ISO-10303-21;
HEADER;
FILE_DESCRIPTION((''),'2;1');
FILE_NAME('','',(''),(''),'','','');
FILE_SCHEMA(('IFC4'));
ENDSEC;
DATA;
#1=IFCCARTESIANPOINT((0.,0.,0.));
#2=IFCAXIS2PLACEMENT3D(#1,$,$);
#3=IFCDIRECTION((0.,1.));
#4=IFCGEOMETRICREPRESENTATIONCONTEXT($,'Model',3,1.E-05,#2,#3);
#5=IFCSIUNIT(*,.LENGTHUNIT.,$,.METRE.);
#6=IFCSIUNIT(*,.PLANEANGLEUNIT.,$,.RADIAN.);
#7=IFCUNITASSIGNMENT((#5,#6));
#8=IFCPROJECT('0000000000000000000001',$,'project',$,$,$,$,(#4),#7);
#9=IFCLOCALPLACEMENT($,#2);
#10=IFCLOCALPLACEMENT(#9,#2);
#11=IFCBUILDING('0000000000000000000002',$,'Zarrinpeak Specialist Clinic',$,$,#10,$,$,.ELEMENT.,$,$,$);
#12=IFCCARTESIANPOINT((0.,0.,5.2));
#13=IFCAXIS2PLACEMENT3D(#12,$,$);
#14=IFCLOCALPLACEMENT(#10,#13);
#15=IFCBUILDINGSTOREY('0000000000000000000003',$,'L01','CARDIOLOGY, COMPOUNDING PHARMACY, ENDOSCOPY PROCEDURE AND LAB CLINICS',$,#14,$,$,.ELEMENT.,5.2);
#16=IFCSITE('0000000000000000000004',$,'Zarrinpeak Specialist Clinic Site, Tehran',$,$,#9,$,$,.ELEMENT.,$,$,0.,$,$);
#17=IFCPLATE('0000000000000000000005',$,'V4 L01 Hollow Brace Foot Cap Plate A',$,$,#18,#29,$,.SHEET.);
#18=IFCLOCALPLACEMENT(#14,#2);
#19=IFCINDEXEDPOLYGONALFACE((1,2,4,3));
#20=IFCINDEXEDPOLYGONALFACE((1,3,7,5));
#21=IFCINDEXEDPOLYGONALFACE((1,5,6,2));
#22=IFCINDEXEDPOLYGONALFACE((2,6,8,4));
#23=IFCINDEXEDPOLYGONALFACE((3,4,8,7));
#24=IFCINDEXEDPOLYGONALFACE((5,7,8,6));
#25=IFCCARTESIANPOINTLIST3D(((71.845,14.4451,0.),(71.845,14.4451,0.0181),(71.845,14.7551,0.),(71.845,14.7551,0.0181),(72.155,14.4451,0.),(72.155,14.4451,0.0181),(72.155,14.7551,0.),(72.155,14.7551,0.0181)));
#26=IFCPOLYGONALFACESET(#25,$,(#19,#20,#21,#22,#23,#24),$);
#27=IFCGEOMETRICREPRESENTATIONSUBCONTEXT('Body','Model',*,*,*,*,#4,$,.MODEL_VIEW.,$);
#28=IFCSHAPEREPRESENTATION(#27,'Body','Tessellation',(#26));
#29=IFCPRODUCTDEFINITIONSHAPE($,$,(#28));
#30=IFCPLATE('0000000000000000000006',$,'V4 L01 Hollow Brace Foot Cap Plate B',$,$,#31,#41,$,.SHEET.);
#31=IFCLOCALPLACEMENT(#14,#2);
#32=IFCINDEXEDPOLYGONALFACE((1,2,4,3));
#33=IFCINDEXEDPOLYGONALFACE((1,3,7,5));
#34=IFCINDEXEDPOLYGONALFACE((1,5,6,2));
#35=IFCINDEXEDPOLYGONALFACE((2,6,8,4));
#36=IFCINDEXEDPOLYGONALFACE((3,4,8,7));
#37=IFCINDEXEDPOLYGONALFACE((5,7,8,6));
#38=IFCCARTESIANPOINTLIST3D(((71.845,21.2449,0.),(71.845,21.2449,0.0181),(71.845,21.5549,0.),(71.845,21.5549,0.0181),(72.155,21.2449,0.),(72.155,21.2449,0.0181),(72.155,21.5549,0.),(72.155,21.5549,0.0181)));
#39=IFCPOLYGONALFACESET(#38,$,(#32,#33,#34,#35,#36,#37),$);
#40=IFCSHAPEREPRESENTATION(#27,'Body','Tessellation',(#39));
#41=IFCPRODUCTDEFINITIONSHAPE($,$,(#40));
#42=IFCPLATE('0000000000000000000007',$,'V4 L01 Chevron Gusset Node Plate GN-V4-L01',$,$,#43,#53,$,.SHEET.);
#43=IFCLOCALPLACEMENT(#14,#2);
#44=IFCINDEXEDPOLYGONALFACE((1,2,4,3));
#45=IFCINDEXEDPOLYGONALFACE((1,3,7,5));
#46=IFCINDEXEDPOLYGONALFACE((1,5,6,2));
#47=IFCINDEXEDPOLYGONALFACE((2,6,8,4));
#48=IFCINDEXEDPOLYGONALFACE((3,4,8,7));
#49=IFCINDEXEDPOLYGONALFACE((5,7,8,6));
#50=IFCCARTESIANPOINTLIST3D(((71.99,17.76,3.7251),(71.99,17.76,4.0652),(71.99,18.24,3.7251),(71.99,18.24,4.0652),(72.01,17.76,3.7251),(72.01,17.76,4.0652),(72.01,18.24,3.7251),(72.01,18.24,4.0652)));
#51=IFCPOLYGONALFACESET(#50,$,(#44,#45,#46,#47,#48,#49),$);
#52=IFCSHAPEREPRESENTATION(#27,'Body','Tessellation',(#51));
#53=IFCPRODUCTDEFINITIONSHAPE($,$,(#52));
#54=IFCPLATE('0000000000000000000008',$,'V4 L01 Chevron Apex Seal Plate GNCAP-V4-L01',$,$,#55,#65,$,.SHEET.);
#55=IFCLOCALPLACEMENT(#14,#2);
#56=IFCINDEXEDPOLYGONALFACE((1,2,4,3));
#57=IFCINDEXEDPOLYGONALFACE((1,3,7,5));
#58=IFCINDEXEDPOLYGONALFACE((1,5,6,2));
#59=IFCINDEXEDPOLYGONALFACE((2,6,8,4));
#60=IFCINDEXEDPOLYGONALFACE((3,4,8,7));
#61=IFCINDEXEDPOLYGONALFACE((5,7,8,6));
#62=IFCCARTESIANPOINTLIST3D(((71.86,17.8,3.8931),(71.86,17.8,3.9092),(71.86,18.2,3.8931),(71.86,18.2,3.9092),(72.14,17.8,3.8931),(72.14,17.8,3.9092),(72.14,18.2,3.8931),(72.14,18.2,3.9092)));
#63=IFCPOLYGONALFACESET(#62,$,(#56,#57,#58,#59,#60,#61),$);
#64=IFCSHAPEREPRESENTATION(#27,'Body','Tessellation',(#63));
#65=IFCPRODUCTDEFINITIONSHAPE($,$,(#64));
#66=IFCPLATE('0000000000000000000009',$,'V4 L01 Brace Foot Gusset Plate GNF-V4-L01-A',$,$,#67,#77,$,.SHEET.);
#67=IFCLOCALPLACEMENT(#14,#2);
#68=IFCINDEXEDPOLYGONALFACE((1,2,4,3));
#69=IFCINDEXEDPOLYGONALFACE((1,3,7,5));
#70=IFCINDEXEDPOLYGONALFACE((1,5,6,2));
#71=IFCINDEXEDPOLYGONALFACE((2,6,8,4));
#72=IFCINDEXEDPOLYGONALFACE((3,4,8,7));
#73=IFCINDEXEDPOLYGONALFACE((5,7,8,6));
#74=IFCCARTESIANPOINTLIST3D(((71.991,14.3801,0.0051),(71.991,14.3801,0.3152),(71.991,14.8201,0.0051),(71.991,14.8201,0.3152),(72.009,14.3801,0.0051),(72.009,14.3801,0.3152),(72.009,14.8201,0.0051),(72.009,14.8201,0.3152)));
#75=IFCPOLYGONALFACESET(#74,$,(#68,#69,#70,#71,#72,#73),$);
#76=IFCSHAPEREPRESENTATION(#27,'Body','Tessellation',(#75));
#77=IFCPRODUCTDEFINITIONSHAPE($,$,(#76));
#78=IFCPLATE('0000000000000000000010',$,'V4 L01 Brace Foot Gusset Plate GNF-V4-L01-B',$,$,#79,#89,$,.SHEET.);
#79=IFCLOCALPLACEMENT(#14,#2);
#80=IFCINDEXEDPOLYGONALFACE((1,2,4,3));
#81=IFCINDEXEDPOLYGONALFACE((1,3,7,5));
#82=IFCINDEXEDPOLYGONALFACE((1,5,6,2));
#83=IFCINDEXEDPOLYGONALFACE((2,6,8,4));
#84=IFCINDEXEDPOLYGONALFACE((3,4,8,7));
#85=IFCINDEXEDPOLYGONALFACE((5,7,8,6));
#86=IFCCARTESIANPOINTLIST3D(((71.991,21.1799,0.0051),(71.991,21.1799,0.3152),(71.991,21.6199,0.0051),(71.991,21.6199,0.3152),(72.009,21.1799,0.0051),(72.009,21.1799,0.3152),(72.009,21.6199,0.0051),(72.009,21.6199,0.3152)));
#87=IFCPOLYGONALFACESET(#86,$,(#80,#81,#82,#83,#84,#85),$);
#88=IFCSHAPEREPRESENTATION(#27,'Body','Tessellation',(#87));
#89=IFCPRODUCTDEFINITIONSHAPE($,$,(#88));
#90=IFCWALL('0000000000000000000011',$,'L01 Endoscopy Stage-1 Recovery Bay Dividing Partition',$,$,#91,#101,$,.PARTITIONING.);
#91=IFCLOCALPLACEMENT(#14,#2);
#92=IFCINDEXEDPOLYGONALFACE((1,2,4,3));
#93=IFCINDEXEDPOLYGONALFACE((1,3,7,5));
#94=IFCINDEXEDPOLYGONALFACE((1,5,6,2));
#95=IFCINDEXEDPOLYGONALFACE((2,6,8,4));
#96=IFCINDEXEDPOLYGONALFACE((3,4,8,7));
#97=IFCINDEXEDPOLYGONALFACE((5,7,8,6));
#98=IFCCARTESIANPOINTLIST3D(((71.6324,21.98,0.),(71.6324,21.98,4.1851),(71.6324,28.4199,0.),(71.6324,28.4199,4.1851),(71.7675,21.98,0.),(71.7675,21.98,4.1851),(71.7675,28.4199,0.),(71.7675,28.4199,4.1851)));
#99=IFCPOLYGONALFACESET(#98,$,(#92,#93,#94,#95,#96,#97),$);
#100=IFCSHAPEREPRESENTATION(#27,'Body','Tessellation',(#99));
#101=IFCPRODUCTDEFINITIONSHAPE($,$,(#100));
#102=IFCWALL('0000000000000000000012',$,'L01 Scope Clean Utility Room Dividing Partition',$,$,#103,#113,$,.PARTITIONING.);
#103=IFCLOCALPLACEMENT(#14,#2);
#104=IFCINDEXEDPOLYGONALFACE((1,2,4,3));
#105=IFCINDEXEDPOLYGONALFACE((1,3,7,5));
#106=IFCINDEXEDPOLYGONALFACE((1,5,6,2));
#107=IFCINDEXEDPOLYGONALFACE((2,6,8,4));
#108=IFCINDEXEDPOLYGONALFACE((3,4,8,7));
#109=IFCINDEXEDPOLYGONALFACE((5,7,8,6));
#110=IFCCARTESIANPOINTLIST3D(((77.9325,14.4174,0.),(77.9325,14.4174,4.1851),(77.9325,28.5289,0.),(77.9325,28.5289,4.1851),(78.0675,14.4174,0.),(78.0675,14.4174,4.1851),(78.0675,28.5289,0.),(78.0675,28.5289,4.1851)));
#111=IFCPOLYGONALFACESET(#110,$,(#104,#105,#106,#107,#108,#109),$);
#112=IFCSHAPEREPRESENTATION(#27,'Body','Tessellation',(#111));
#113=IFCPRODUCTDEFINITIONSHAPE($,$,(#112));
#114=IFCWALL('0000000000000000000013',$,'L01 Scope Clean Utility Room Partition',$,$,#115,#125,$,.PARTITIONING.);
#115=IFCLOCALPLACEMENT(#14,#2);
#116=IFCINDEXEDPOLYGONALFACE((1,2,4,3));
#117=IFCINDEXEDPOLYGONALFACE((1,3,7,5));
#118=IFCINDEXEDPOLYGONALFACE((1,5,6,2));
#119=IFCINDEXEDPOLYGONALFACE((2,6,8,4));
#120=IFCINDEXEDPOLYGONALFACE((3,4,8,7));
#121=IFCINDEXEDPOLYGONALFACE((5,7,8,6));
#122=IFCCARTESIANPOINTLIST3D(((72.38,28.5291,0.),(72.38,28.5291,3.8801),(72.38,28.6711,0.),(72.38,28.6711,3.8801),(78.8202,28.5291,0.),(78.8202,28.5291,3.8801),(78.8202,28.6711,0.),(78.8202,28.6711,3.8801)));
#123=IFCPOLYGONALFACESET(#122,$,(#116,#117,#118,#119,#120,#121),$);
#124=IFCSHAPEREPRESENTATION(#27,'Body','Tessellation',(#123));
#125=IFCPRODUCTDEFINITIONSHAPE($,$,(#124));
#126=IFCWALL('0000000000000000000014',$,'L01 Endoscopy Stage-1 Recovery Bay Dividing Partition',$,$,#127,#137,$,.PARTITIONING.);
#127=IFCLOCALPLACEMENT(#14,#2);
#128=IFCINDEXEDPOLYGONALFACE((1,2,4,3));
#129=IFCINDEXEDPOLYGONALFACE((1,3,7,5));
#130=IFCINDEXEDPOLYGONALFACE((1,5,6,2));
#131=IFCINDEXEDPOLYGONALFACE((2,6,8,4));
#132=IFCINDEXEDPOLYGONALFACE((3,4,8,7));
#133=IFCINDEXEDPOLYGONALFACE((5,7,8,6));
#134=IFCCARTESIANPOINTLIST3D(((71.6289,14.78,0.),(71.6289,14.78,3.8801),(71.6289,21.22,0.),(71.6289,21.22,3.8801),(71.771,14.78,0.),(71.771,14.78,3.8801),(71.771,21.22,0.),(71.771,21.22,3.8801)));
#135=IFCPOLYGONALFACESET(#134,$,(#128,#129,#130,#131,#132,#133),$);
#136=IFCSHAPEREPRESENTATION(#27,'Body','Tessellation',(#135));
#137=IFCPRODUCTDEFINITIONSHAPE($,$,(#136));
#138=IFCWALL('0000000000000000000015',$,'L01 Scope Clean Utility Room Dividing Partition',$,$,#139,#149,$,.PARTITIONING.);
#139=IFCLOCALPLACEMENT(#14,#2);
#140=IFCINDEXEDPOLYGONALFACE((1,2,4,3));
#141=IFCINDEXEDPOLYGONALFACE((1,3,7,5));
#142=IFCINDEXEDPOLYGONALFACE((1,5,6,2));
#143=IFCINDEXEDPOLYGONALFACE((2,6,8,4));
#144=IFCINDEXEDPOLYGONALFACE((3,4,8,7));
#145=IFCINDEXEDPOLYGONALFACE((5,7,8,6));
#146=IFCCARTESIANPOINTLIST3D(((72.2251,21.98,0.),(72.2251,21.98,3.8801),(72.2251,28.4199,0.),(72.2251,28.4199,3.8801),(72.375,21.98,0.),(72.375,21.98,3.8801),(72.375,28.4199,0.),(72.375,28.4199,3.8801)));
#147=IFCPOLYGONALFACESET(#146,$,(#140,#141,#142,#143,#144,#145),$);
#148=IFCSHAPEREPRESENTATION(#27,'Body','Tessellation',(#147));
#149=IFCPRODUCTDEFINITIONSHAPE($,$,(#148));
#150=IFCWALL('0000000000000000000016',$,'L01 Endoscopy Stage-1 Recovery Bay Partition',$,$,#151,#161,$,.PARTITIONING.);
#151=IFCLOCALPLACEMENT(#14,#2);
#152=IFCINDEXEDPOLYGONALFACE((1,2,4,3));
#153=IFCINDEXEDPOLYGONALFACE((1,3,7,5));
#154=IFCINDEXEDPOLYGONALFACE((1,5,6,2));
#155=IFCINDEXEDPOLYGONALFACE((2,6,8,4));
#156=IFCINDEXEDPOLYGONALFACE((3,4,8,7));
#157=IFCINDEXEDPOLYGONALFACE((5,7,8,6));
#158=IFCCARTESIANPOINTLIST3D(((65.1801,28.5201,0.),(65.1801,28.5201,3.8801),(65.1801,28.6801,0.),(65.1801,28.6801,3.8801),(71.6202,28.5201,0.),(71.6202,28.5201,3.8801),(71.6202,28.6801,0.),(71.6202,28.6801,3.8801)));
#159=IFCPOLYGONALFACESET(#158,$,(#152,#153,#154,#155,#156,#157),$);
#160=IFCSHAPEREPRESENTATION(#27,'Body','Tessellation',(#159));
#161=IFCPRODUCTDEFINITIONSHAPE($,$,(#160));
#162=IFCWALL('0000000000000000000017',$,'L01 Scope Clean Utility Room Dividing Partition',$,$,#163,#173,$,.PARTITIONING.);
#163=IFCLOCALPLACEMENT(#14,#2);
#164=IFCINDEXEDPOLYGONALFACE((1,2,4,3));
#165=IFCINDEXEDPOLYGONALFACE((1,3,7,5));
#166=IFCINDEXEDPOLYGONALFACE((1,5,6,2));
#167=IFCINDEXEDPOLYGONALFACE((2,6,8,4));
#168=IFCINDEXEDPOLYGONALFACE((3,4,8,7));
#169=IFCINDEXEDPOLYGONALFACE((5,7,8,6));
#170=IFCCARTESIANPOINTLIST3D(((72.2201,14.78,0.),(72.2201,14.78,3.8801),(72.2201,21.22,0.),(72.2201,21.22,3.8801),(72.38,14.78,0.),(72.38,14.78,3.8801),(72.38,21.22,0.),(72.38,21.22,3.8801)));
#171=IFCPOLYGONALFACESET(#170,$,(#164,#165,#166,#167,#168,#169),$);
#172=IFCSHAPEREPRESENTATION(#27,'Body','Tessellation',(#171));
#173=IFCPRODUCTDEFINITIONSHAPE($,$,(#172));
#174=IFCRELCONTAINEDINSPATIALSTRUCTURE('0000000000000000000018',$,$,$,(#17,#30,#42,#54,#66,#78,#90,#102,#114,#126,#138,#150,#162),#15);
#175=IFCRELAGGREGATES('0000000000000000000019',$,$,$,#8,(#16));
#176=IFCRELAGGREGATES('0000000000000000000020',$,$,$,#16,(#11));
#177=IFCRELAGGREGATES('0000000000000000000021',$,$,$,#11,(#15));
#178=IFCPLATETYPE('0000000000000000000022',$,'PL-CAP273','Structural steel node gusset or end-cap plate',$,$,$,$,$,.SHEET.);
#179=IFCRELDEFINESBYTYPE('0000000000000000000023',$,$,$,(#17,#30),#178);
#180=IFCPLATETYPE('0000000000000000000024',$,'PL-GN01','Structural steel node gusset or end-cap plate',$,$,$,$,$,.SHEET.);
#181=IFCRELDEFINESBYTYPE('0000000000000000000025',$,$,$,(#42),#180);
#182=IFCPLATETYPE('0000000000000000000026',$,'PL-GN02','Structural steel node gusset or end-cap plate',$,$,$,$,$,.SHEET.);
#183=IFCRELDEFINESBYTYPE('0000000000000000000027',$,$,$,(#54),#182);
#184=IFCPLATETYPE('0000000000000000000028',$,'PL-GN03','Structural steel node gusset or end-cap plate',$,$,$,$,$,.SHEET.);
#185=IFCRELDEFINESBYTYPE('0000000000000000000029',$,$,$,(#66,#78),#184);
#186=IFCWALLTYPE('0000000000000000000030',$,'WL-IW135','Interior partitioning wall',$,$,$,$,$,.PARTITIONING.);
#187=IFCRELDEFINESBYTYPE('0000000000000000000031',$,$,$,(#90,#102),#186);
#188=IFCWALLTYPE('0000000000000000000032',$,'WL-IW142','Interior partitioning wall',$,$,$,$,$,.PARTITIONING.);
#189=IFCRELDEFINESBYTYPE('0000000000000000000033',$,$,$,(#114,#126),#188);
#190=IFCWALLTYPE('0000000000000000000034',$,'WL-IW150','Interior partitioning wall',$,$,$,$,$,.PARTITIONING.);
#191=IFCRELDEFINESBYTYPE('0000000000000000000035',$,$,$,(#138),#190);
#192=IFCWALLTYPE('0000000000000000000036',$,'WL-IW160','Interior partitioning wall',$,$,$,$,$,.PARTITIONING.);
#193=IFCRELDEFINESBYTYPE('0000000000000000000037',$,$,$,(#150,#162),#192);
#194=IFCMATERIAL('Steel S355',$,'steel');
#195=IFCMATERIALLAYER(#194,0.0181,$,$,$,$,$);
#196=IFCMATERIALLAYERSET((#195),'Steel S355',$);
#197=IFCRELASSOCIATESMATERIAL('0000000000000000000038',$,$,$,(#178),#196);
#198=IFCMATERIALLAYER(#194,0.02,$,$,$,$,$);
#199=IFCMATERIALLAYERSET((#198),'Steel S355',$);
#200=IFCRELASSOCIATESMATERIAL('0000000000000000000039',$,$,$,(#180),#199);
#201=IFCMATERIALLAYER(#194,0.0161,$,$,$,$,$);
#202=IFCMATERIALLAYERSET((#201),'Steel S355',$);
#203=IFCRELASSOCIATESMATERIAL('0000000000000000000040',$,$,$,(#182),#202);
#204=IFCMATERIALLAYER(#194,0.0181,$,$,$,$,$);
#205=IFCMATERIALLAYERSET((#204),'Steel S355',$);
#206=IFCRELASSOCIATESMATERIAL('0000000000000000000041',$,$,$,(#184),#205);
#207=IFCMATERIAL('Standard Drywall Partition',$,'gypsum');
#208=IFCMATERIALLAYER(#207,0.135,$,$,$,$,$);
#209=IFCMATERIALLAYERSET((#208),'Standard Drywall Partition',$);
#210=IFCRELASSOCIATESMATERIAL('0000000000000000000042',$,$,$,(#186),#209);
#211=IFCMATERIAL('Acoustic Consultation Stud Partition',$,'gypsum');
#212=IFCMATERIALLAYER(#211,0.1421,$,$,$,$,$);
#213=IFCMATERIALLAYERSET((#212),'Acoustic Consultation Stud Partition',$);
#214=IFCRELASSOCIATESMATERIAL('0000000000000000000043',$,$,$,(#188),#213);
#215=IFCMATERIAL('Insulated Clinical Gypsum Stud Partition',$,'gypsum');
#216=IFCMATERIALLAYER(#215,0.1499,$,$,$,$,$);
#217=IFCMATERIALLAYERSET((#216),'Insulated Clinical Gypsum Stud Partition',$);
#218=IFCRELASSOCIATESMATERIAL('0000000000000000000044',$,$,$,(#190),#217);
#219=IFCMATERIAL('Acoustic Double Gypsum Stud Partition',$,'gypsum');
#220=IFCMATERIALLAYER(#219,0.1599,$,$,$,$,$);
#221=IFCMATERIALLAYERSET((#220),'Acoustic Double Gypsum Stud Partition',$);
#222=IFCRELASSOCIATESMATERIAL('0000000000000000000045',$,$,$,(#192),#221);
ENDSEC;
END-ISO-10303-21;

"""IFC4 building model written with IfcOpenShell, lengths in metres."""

from ifc_helpers import new_model, si_unit, direction, frame, frame_2d, origin, origin_2d, place, context, subcontext, project, spatial, rectangle, extrude, material, layer, layer_set, type_object, element, save


model = new_model("IFC4")

# Units and contexts
model_context = context("Model", 3, precision=1e-05, world=origin(), true_north=direction((0.0, 1.0)))
body_context = subcontext(model_context, "Body", "Model", "MODEL_VIEW")
ifc_project = project(units=[si_unit("LENGTHUNIT", "METRE"), si_unit("PLANEANGLEUNIT", "RADIAN")], contexts=[model_context])

# Site, building, storey
site_placement = place(None, origin())
site = spatial("IfcSite", under=ifc_project, at=site_placement, Name="Zarrinpeak Specialist Clinic Site, Tehran", CompositionType="ELEMENT", RefElevation=0.0)
building_placement = place(site_placement, origin())
building = spatial("IfcBuilding", under=site, at=building_placement, Name="Zarrinpeak Specialist Clinic", CompositionType="ELEMENT")
storey_placement = place(building_placement, frame((0.0, 0.0, 5.2)))
storey = spatial("IfcBuildingStorey", under=building, at=storey_placement, Name="L01", Description="CARDIOLOGY, COMPOUNDING PHARMACY, ENDOSCOPY PROCEDURE AND LAB CLINICS", CompositionType="ELEMENT", Elevation=5.2)

# Shared definitions
ifc_material_1 = material(Name="Steel S355", Category="steel")

# Plates
ifc_layer_1 = layer(ifc_material_1, 0.0181)
ifc_layer_set_1 = layer_set([ifc_layer_1], Name="Steel S355")
plate_type_1 = type_object("IfcPlateType", Name="PL-CAP273", Description="Structural steel node gusset or end-cap plate", PredefinedType="SHEET", material=ifc_layer_set_1)
for number, where, z_axis, x_axis, name in (
    (1, (72.0, 14.6001, 0.0), (0.0, 0.0, 1.0), (1.0, 0.0, 0.0), "V4 L01 Hollow Brace Foot Cap Plate A"),
    (2, (72.0, 21.3999, 0.0), (0.0, 0.0, 1.0), (1.0, 0.0, 0.0), "V4 L01 Hollow Brace Foot Cap Plate B"),
):
    element("IfcPlate", number, at=place(storey_placement, frame(where, z_axis=z_axis, x_axis=x_axis)), inside=storey, type_object=plate_type_1, Name=name, PredefinedType="SHEET", context=body_context, shape_type="SweptSolid", body=[
        extrude(rectangle(XDim=0.3101, YDim=0.3101, at=origin_2d()), origin(), (0.0, 0.0, 1.0), 0.0181),
    ])
ifc_layer_2 = layer(ifc_material_1, 0.02)
ifc_layer_set_2 = layer_set([ifc_layer_2], Name="Steel S355")
plate_type_2 = type_object("IfcPlateType", Name="PL-GN01", Description="Structural steel node gusset or end-cap plate", PredefinedType="SHEET", material=ifc_layer_set_2)
plate_1_placement = place(storey_placement, frame((72.0, 18.0, 3.7251), z_axis=(0.0, 0.0, 1.0), x_axis=(1.0, 0.0, 0.0)))
element("IfcPlate", 3, at=plate_1_placement, inside=storey, type_object=plate_type_2, Name="V4 L01 Chevron Gusset Node Plate GN-V4-L01", PredefinedType="SHEET", context=body_context, shape_type="SweptSolid", body=[
    extrude(rectangle(XDim=0.02, YDim=0.48, at=origin_2d()), origin(), (0.0, 0.0, 1.0), 0.3401),
])
ifc_layer_3 = layer(ifc_material_1, 0.0161)
ifc_layer_set_3 = layer_set([ifc_layer_3], Name="Steel S355")
plate_type_3 = type_object("IfcPlateType", Name="PL-GN02", Description="Structural steel node gusset or end-cap plate", PredefinedType="SHEET", material=ifc_layer_set_3)
plate_2_placement = place(storey_placement, frame((72.0, 18.0, 3.8931), z_axis=(0.0, 0.0, 1.0), x_axis=(1.0, 0.0, 0.0)))
element("IfcPlate", 4, at=plate_2_placement, inside=storey, type_object=plate_type_3, Name="V4 L01 Chevron Apex Seal Plate GNCAP-V4-L01", PredefinedType="SHEET", context=body_context, shape_type="SweptSolid", body=[
    extrude(rectangle(XDim=0.28, YDim=0.3999, at=origin_2d()), origin(), (0.0, 0.0, 1.0), 0.0161),
])
ifc_layer_4 = layer(ifc_material_1, 0.0181)
ifc_layer_set_4 = layer_set([ifc_layer_4], Name="Steel S355")
plate_type_4 = type_object("IfcPlateType", Name="PL-GN03", Description="Structural steel node gusset or end-cap plate", PredefinedType="SHEET", material=ifc_layer_set_4)
for number, where, z_axis, x_axis, name in (
    (5, (72.0, 14.6001, 0.0051), (0.0, 0.0, 1.0), (1.0, 0.0, 0.0), "V4 L01 Brace Foot Gusset Plate GNF-V4-L01-A"),
    (6, (72.0, 21.3999, 0.0051), (0.0, 0.0, 1.0), (1.0, 0.0, 0.0), "V4 L01 Brace Foot Gusset Plate GNF-V4-L01-B"),
):
    element("IfcPlate", number, at=place(storey_placement, frame(where, z_axis=z_axis, x_axis=x_axis)), inside=storey, type_object=plate_type_4, Name=name, PredefinedType="SHEET", context=body_context, shape_type="SweptSolid", body=[
        extrude(rectangle(XDim=0.0181, YDim=0.4399, at=origin_2d()), origin(), (0.0, 0.0, 1.0), 0.3101),
    ])

# Walls
ifc_material_2 = material(Name="Standard Drywall Partition", Category="gypsum")
ifc_layer_5 = layer(ifc_material_2, 0.135)
ifc_layer_set_5 = layer_set([ifc_layer_5], Name="Standard Drywall Partition")
wall_type_1 = type_object("IfcWallType", Name="WL-IW135", Description="Interior partitioning wall", PredefinedType="PARTITIONING", material=ifc_layer_set_5)
wall_1_placement = place(storey_placement, frame((71.7, 21.98, 0.0), z_axis=(0.0, 0.0, 1.0), x_axis=(0.0, 1.0, 0.0)))
element("IfcWall", 7, at=wall_1_placement, inside=storey, type_object=wall_type_1, Name="L01 Endoscopy Stage-1 Recovery Bay Dividing Partition", PredefinedType="PARTITIONING", context=body_context, shape_type="SweptSolid", body=[
    extrude(rectangle(XDim=6.4399, YDim=0.135, at=frame_2d((3.22, 0.0))), origin(), (0.0, 0.0, 1.0), 4.1851),
])
wall_2_placement = place(storey_placement, frame((78.0, 14.4175, 0.0), z_axis=(0.0, 0.0, 1.0), x_axis=(0.0, 1.0, 0.0)))
element("IfcWall", 8, at=wall_2_placement, inside=storey, type_object=wall_type_1, Name="L01 Scope Clean Utility Room Dividing Partition", PredefinedType="PARTITIONING", context=body_context, shape_type="SweptSolid", body=[
    extrude(rectangle(XDim=14.1116, YDim=0.135, at=frame_2d((7.0557, 0.0))), origin(), (0.0, 0.0, 1.0), 4.1851),
])
ifc_material_3 = material(Name="Acoustic Consultation Stud Partition", Category="gypsum")
ifc_layer_6 = layer(ifc_material_3, 0.1421)
ifc_layer_set_6 = layer_set([ifc_layer_6], Name="Acoustic Consultation Stud Partition")
wall_type_2 = type_object("IfcWallType", Name="WL-IW142", Description="Interior partitioning wall", PredefinedType="PARTITIONING", material=ifc_layer_set_6)
wall_3_placement = place(storey_placement, frame((72.3799, 28.6001, 0.0), z_axis=(0.0, 0.0, 1.0), x_axis=(1.0, 0.0, 0.0)))
element("IfcWall", 9, at=wall_3_placement, inside=storey, type_object=wall_type_2, Name="L01 Scope Clean Utility Room Partition", PredefinedType="PARTITIONING", context=body_context, shape_type="SweptSolid", body=[
    extrude(rectangle(XDim=6.4402, YDim=0.1421, at=frame_2d((3.2202, 0.0))), origin(), (0.0, 0.0, 1.0), 3.8801),
])
wall_4_placement = place(storey_placement, frame((71.7, 14.78, 0.0), z_axis=(0.0, 0.0, 1.0), x_axis=(0.0, 1.0, 0.0)))
element("IfcWall", 10, at=wall_4_placement, inside=storey, type_object=wall_type_2, Name="L01 Endoscopy Stage-1 Recovery Bay Dividing Partition", PredefinedType="PARTITIONING", context=body_context, shape_type="SweptSolid", body=[
    extrude(rectangle(XDim=6.4399, YDim=0.1421, at=frame_2d((3.22, 0.0))), origin(), (0.0, 0.0, 1.0), 3.8801),
])
ifc_material_4 = material(Name="Insulated Clinical Gypsum Stud Partition", Category="gypsum")
ifc_layer_7 = layer(ifc_material_4, 0.1499)
ifc_layer_set_7 = layer_set([ifc_layer_7], Name="Insulated Clinical Gypsum Stud Partition")
wall_type_3 = type_object("IfcWallType", Name="WL-IW150", Description="Interior partitioning wall", PredefinedType="PARTITIONING", material=ifc_layer_set_7)
wall_5_placement = place(storey_placement, frame((72.3, 21.98, 0.0), z_axis=(0.0, 0.0, 1.0), x_axis=(0.0, 1.0, 0.0)))
element("IfcWall", 11, at=wall_5_placement, inside=storey, type_object=wall_type_3, Name="L01 Scope Clean Utility Room Dividing Partition", PredefinedType="PARTITIONING", context=body_context, shape_type="SweptSolid", body=[
    extrude(rectangle(XDim=6.4399, YDim=0.1499, at=frame_2d((3.22, 0.0))), origin(), (0.0, 0.0, 1.0), 3.8801),
])
ifc_material_5 = material(Name="Acoustic Double Gypsum Stud Partition", Category="gypsum")
ifc_layer_8 = layer(ifc_material_5, 0.1599)
ifc_layer_set_8 = layer_set([ifc_layer_8], Name="Acoustic Double Gypsum Stud Partition")
wall_type_4 = type_object("IfcWallType", Name="WL-IW160", Description="Interior partitioning wall", PredefinedType="PARTITIONING", material=ifc_layer_set_8)
wall_6_placement = place(storey_placement, frame((65.1799, 28.6001, 0.0), z_axis=(0.0, 0.0, 1.0), x_axis=(1.0, 0.0, 0.0)))
element("IfcWall", 12, at=wall_6_placement, inside=storey, type_object=wall_type_4, Name="L01 Endoscopy Stage-1 Recovery Bay Partition", PredefinedType="PARTITIONING", context=body_context, shape_type="SweptSolid", body=[
    extrude(rectangle(XDim=6.4402, YDim=0.1599, at=frame_2d((3.2202, 0.0))), origin(), (0.0, 0.0, 1.0), 3.8801),
])
wall_7_placement = place(storey_placement, frame((72.3, 14.78, 0.0), z_axis=(0.0, 0.0, 1.0), x_axis=(0.0, 1.0, 0.0)))
element("IfcWall", 13, at=wall_7_placement, inside=storey, type_object=wall_type_4, Name="L01 Scope Clean Utility Room Dividing Partition", PredefinedType="PARTITIONING", context=body_context, shape_type="SweptSolid", body=[
    extrude(rectangle(XDim=6.4399, YDim=0.1599, at=frame_2d((3.22, 0.0))), origin(), (0.0, 0.0, 1.0), 3.8801),
])

save(model, "model.ifc")
